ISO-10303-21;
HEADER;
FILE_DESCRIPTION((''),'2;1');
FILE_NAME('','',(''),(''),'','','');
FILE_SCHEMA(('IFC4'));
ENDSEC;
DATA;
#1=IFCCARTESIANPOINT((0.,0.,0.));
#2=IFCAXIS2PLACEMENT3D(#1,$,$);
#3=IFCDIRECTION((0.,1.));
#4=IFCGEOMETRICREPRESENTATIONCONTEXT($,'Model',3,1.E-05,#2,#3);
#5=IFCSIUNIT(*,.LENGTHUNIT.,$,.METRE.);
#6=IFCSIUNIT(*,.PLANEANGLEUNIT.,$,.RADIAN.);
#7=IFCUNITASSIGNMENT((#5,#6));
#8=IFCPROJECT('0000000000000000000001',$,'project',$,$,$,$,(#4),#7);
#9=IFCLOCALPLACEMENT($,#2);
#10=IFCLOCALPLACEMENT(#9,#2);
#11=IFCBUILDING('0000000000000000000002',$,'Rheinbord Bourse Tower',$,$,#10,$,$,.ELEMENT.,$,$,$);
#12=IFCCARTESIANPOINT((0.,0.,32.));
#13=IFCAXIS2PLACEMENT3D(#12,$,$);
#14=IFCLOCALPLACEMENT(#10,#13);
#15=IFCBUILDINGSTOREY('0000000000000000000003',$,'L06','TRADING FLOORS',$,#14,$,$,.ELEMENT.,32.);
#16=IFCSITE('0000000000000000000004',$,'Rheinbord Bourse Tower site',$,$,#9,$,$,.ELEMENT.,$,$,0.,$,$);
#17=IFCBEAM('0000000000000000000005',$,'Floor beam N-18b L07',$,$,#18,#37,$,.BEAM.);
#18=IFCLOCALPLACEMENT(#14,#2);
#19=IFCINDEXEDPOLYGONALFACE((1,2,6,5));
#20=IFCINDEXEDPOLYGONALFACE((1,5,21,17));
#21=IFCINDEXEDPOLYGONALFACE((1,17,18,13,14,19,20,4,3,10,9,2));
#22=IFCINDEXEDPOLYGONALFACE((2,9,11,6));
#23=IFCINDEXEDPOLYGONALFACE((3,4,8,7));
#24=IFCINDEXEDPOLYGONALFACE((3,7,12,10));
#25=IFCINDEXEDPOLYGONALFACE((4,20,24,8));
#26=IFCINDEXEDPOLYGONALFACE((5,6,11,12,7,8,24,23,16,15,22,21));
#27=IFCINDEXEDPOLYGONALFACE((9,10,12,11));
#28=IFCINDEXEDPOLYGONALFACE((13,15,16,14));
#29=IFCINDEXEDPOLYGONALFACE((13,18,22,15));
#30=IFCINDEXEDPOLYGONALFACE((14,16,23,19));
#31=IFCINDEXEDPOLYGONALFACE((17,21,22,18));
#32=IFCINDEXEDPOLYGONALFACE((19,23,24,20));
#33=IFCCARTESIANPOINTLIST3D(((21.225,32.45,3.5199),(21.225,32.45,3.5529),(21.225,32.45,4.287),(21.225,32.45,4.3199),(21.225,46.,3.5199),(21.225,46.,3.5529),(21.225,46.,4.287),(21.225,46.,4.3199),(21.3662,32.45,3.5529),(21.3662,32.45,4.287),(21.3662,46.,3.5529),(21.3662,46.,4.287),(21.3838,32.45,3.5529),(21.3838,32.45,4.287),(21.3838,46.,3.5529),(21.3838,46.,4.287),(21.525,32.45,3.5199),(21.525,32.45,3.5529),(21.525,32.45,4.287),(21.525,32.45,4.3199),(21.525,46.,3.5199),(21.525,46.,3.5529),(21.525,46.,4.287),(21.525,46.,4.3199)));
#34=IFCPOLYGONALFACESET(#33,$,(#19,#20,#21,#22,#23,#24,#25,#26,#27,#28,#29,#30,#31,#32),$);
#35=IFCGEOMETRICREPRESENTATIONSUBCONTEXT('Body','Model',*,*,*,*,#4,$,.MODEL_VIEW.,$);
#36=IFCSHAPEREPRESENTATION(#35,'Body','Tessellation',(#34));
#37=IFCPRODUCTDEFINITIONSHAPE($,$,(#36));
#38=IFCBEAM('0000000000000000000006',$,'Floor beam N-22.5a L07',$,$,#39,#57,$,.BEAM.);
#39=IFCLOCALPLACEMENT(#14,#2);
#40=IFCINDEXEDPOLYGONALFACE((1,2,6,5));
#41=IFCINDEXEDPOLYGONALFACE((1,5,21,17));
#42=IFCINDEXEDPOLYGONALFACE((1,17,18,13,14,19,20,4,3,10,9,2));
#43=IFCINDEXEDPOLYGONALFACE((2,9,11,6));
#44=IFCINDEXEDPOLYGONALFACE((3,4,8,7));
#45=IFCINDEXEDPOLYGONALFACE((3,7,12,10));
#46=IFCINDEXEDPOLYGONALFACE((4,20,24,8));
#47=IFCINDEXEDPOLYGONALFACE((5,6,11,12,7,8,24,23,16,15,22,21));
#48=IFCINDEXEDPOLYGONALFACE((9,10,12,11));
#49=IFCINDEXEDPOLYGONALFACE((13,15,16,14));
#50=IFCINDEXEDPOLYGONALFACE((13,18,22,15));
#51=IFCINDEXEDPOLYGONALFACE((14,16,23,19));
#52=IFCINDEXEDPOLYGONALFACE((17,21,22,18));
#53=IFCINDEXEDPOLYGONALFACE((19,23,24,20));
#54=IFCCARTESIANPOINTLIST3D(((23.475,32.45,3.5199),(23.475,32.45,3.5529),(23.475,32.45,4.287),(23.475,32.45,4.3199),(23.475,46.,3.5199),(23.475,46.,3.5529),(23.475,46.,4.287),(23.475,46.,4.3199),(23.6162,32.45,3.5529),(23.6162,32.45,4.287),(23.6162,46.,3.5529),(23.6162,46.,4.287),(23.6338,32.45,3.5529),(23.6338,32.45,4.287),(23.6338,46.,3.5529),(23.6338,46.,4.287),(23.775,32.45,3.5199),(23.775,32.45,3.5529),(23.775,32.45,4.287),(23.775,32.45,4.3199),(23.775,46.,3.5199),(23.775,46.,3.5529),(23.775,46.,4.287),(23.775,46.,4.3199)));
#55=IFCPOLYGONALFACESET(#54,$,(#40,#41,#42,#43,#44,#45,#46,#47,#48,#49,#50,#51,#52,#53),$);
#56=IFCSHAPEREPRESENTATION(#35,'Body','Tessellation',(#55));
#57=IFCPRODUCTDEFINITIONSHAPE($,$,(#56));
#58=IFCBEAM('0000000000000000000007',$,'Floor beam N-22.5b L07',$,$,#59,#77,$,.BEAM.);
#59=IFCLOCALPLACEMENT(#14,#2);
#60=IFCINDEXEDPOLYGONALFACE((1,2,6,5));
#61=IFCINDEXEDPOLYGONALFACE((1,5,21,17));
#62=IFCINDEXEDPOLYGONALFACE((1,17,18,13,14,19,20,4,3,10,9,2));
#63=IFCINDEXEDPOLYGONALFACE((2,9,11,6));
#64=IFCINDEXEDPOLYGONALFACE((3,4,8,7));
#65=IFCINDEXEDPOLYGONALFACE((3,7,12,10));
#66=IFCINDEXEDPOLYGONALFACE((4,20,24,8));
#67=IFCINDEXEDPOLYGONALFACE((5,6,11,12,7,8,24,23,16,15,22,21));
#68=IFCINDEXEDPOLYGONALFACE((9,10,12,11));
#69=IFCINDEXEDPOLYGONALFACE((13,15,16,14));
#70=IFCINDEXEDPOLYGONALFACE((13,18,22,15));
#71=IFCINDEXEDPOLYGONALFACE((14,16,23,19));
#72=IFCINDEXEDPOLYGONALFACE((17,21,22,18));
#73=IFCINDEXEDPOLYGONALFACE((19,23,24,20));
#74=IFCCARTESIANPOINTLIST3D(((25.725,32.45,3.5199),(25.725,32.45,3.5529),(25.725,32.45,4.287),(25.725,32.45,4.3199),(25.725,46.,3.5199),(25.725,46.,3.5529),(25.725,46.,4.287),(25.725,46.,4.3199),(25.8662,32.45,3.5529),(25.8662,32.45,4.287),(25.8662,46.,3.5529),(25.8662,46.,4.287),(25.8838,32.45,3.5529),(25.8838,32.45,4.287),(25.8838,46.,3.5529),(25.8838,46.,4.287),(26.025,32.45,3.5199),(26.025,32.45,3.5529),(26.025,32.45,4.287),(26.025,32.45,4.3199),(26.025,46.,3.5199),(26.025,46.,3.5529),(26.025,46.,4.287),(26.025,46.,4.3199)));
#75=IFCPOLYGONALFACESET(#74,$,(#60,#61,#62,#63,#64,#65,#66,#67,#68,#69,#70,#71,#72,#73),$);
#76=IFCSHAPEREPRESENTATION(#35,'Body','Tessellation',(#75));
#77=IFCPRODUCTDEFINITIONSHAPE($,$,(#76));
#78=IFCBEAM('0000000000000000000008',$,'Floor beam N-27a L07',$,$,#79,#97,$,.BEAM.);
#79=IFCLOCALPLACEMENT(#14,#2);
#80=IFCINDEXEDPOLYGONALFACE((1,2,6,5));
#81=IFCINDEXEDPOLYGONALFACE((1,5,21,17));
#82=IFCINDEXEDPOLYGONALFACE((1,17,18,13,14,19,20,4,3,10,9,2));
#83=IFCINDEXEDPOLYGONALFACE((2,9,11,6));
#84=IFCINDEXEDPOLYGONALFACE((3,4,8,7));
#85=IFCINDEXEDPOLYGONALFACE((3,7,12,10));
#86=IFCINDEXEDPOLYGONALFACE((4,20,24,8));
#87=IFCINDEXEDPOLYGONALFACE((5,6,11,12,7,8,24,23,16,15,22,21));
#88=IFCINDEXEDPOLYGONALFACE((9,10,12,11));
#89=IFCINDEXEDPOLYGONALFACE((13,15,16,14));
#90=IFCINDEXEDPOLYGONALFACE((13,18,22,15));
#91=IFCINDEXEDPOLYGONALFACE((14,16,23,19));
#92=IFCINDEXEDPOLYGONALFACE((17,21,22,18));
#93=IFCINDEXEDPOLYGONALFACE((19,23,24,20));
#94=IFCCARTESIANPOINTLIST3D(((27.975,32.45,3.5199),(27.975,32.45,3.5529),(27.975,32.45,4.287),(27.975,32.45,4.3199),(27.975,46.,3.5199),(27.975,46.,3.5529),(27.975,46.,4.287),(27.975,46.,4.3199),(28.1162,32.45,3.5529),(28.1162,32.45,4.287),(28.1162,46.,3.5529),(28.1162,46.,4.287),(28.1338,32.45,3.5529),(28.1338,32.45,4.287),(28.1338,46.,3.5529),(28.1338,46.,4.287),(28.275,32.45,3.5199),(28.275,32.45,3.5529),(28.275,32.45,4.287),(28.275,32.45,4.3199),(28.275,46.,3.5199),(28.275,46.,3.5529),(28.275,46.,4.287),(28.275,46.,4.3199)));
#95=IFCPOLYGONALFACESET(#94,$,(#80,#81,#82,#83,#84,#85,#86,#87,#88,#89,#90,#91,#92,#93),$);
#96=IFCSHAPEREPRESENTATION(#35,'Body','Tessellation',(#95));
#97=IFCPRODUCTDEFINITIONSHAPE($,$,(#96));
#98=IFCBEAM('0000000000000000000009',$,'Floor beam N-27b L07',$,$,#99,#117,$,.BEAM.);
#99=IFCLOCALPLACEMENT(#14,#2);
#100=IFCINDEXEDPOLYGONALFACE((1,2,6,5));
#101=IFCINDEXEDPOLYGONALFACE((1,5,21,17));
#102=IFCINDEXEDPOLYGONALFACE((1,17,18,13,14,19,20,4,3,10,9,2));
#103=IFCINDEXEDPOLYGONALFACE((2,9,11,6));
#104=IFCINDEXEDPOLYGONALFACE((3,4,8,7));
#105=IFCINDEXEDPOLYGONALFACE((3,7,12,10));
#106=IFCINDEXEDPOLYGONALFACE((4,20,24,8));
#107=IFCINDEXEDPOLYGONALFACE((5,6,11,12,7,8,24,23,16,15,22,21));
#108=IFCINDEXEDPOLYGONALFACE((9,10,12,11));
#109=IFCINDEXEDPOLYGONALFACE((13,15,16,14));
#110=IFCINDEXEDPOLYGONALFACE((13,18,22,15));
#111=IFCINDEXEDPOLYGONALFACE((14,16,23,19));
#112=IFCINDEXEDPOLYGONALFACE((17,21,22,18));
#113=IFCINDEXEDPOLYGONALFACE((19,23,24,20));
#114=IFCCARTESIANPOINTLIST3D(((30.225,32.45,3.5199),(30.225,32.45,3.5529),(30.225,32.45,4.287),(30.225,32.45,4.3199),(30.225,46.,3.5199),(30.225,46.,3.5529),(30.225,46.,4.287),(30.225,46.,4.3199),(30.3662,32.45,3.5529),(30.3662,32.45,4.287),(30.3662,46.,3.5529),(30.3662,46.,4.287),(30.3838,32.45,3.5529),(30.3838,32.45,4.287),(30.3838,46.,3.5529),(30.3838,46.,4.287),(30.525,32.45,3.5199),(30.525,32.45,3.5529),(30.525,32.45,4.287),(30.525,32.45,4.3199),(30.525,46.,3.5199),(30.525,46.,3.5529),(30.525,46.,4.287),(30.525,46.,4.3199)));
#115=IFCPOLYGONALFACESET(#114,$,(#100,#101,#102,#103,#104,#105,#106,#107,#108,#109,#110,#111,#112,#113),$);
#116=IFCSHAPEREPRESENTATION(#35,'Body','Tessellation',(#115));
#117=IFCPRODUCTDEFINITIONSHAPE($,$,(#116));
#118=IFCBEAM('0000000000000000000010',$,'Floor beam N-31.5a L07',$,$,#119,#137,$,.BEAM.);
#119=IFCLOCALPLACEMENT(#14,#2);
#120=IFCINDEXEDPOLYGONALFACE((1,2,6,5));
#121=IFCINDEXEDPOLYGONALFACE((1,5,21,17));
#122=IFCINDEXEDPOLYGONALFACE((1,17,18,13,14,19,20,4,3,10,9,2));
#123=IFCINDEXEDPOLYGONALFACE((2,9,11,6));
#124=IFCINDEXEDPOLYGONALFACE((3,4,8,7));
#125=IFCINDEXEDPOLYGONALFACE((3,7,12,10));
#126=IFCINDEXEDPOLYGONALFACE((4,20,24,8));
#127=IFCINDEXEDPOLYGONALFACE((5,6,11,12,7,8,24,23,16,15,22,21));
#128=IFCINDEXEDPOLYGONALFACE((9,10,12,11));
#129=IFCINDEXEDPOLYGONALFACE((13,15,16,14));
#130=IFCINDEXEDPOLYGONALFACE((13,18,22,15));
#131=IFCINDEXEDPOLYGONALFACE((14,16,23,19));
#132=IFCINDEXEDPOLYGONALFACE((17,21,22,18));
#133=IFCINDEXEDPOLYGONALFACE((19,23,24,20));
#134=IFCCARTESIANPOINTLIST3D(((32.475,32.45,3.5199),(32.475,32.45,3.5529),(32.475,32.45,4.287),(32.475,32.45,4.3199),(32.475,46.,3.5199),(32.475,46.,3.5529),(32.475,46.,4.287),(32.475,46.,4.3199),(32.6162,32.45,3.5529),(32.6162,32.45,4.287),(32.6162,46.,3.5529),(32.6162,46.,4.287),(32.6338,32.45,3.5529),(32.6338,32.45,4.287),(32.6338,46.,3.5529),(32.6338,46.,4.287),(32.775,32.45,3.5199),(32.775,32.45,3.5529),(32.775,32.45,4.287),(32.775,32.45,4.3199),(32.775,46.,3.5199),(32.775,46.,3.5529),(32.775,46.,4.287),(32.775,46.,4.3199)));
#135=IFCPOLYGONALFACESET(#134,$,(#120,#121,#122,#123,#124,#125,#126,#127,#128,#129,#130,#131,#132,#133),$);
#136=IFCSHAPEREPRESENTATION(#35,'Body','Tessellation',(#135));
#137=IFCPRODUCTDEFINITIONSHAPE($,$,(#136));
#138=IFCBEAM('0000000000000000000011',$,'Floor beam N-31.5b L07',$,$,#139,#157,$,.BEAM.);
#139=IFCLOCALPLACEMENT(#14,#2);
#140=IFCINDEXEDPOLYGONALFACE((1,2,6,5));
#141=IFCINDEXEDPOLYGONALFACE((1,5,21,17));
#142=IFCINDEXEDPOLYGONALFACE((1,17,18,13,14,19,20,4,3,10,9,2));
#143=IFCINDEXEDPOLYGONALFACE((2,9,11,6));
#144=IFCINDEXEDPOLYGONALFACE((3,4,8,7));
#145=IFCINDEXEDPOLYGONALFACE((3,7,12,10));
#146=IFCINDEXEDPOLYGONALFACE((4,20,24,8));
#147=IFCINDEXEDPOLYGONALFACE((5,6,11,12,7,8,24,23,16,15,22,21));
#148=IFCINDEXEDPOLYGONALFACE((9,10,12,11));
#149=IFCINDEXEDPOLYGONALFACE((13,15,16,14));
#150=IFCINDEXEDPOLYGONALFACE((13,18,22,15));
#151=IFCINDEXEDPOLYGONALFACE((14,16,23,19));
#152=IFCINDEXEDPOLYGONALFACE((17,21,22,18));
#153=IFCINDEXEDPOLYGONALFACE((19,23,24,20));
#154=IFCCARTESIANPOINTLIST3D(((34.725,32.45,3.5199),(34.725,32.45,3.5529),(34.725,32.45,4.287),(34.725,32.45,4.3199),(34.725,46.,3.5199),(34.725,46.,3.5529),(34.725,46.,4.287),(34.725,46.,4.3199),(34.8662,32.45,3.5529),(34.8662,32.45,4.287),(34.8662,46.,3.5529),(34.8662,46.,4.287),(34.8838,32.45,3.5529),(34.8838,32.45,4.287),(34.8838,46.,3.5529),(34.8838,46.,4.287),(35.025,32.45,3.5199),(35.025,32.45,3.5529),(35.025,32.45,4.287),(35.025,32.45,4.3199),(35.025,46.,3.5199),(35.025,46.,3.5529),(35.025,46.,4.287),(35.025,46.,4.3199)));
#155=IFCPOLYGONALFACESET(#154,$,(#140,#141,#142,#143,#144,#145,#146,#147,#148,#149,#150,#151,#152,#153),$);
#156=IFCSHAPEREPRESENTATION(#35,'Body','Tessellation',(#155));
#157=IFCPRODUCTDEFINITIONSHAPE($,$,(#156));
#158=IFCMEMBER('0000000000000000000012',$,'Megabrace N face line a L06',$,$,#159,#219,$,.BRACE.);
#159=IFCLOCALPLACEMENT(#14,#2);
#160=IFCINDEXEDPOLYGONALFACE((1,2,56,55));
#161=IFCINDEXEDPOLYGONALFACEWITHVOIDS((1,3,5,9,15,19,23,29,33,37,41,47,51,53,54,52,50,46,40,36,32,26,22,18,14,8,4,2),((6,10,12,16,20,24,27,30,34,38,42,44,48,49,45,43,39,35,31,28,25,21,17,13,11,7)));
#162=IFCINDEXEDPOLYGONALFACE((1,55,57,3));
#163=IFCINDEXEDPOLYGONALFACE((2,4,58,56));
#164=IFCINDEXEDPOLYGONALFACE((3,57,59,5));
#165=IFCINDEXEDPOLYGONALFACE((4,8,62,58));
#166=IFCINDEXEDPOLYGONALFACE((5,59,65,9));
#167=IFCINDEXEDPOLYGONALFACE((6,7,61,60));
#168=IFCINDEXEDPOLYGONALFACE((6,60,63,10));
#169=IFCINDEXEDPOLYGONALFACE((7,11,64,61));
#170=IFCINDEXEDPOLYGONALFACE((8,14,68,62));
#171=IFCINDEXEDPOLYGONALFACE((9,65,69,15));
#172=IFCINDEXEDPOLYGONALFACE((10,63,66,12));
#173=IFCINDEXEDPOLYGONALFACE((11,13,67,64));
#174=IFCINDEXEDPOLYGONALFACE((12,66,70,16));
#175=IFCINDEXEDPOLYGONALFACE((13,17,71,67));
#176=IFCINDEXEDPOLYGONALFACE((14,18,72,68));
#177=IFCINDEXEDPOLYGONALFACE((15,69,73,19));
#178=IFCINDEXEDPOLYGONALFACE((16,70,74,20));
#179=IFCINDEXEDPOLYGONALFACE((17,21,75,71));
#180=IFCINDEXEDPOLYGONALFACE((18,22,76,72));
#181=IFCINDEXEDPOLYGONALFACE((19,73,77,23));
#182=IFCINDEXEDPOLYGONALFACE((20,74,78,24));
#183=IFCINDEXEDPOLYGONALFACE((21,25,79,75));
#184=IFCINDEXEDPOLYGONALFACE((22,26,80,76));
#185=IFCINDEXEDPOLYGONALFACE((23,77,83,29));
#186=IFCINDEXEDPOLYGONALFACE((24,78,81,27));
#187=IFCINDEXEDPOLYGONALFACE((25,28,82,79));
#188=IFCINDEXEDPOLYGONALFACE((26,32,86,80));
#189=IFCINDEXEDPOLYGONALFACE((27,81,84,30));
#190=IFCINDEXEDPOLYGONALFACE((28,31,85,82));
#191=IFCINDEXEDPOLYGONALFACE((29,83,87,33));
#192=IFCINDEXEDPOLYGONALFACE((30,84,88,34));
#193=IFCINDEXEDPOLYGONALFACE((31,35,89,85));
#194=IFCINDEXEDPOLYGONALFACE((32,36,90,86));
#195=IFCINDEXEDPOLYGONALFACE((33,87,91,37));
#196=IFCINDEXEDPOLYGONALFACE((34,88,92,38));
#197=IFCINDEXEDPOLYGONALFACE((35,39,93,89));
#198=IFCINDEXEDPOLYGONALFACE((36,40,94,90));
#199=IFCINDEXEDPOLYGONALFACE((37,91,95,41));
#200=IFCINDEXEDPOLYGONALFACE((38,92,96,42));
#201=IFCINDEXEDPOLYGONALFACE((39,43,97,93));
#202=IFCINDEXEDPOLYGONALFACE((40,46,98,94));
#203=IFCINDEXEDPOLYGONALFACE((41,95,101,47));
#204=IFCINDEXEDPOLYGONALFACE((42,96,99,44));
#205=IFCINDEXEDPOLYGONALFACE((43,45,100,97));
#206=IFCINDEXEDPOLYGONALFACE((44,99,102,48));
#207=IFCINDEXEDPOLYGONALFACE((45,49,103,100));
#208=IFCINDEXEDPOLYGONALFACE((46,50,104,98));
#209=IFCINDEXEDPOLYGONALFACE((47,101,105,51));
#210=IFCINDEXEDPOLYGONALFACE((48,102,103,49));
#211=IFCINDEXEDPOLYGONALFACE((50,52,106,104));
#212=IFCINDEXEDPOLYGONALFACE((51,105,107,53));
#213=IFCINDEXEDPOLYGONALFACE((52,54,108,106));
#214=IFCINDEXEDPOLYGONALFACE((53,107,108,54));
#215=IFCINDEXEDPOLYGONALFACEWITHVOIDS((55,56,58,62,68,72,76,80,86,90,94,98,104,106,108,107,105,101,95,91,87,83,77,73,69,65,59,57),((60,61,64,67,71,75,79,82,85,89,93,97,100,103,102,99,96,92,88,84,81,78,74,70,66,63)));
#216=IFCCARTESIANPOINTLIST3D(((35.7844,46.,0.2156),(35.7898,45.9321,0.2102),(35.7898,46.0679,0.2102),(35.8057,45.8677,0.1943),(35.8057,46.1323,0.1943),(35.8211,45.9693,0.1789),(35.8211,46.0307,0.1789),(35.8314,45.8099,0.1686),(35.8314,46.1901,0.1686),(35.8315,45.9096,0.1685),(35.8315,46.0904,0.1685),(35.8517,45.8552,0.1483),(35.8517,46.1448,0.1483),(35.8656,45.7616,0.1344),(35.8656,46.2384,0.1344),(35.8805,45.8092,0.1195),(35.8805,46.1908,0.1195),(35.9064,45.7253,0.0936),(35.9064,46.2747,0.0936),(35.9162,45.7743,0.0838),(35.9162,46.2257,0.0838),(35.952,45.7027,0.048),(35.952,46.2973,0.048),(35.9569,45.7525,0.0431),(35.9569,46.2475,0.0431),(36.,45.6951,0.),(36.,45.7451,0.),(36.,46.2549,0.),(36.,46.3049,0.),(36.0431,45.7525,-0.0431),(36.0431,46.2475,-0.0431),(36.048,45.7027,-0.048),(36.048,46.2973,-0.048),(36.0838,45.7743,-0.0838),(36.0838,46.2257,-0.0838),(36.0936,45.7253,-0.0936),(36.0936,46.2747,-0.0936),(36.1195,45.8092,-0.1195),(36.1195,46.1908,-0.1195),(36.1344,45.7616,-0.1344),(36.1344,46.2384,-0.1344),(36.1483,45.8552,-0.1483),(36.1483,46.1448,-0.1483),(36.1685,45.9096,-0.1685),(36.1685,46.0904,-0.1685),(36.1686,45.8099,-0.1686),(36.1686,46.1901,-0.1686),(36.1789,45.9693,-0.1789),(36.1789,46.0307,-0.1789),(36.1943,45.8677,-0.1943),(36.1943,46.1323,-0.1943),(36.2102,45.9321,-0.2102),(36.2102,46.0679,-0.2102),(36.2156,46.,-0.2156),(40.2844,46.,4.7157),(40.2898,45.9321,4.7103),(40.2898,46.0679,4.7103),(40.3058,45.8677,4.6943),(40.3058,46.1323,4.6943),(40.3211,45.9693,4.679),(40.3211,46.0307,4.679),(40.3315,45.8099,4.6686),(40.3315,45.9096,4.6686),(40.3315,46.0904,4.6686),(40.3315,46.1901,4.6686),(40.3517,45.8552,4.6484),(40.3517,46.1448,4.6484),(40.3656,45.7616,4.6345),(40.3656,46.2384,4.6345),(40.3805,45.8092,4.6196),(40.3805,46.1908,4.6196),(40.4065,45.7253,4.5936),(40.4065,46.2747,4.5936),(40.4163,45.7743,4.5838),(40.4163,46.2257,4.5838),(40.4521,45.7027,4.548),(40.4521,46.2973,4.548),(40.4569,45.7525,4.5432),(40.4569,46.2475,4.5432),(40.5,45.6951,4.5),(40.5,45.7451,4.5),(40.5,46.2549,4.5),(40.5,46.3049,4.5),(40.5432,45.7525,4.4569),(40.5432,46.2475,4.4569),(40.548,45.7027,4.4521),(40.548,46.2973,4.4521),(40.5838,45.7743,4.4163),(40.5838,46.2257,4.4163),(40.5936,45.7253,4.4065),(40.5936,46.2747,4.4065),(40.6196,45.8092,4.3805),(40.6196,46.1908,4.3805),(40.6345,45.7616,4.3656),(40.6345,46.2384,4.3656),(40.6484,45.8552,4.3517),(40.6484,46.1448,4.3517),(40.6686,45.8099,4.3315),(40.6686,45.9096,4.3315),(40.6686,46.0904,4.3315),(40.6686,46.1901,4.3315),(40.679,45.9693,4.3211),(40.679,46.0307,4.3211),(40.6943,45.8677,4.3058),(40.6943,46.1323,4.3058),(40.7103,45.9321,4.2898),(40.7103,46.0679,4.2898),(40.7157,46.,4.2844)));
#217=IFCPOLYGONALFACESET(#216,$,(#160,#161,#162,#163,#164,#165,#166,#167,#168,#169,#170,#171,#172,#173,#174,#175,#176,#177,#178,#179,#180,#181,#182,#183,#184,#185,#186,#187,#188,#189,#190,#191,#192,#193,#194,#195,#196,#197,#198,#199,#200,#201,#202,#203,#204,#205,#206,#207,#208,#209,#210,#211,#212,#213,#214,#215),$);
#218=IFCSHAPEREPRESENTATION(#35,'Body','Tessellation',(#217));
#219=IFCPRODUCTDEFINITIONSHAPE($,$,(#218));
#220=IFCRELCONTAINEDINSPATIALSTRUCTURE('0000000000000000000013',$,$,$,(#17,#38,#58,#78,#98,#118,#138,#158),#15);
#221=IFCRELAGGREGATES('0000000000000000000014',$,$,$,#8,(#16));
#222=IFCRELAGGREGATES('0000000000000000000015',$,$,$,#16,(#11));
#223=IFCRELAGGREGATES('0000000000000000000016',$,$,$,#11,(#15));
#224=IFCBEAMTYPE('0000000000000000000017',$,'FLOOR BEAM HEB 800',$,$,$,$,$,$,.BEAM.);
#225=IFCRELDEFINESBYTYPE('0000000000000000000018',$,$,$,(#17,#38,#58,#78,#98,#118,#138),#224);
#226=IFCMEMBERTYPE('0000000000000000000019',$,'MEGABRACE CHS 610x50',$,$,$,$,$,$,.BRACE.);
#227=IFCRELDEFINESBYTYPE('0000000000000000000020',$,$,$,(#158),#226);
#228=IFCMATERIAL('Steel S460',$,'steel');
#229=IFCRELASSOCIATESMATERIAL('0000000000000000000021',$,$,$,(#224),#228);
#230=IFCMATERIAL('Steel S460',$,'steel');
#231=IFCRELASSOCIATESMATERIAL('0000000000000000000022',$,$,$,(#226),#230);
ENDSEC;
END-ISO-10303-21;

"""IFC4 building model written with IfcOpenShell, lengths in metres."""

from ifc_helpers import new_model, si_unit, direction, frame, origin, origin_2d, place, context, subcontext, project, spatial, hollow_circle, i_section, extrude, material, material_profile, profile_set, type_object, element, save


model = new_model("IFC4")

# Units and contexts
model_context = context("Model", 3, precision=1e-05, world=origin(), true_north=direction((0.0, 1.0)))
body_context = subcontext(model_context, "Body", "Model", "MODEL_VIEW")
ifc_project = project(units=[si_unit("LENGTHUNIT", "METRE"), si_unit("PLANEANGLEUNIT", "RADIAN")], contexts=[model_context])

# Site, building, storey
site_placement = place(None, origin())
site = spatial("IfcSite", under=ifc_project, at=site_placement, Name="Rheinbord Bourse Tower site", CompositionType="ELEMENT", RefElevation=0.0)
building_placement = place(site_placement, origin())
building = spatial("IfcBuilding", under=site, at=building_placement, Name="Rheinbord Bourse Tower", CompositionType="ELEMENT")
storey_placement = place(building_placement, frame((0.0, 0.0, 32.0)))
storey = spatial("IfcBuildingStorey", under=building, at=storey_placement, Name="L06", Description="TRADING FLOORS", CompositionType="ELEMENT", Elevation=32.0)

# Beams
ifc_material_1 = material(Name="Steel S460", Category="steel")
ifc_material_profile_1 = material_profile(ifc_material_1, i_section(OverallWidth=0.3, OverallDepth=0.8, WebThickness=0.0176, FlangeThickness=0.033, at=origin_2d()), Name="HEB 800")
ifc_profile_set_1 = profile_set([ifc_material_profile_1], Name="Steel S460")
beam_type_1 = type_object("IfcBeamType", Name="FLOOR BEAM HEB 800", PredefinedType="BEAM", material=ifc_profile_set_1)
for number, where, z_axis, x_axis, name in (
    (1, (21.375, 46.0, 3.9199), (0.0, -1.0, 0.0), (1.0, 0.0, 0.0), "Floor beam N-18b L07"),
    (2, (23.625, 46.0, 3.9199), (0.0, -1.0, 0.0), (1.0, 0.0, 0.0), "Floor beam N-22.5a L07"),
    (3, (25.875, 46.0, 3.9199), (0.0, -1.0, 0.0), (1.0, 0.0, 0.0), "Floor beam N-22.5b L07"),
    (4, (28.125, 46.0, 3.9199), (0.0, -1.0, 0.0), (1.0, 0.0, 0.0), "Floor beam N-27a L07"),
    (5, (30.375, 46.0, 3.9199), (0.0, -1.0, 0.0), (1.0, 0.0, 0.0), "Floor beam N-27b L07"),
    (6, (32.625, 46.0, 3.9199), (0.0, -1.0, 0.0), (1.0, 0.0, 0.0), "Floor beam N-31.5a L07"),
    (7, (34.875, 46.0, 3.9199), (0.0, -1.0, 0.0), (1.0, 0.0, 0.0), "Floor beam N-31.5b L07"),
):
    element("IfcBeam", number, at=place(storey_placement, frame(where, z_axis=z_axis, x_axis=x_axis)), inside=storey, type_object=beam_type_1, Name=name, PredefinedType="BEAM", context=body_context, shape_type="SweptSolid", body=[
        extrude(i_section(OverallWidth=0.3, OverallDepth=0.8, WebThickness=0.0176, FlangeThickness=0.033, at=origin_2d()), origin(), (0.0, 0.0, 1.0), 13.55),
    ])

# Member
ifc_material_2 = material(Name="Steel S460", Category="steel")
ifc_material_profile_2 = material_profile(ifc_material_2, hollow_circle(Radius=0.3049, WallThickness=0.05, at=origin_2d()), Name="CHS 610x50")
ifc_profile_set_2 = profile_set([ifc_material_profile_2], Name="Steel S460")
member_type_1 = type_object("IfcMemberType", Name="MEGABRACE CHS 610x50", PredefinedType="BRACE", material=ifc_profile_set_2)
for number, where, z_axis, x_axis, name in (
    (8, (36.0, 46.0, 0.0), (0.707107, 0.0, 0.707107), (0.0, 1.0, 0.0), "Megabrace N face line a L06"),
):
    element("IfcMember", number, at=place(storey_placement, frame(where, z_axis=z_axis, x_axis=x_axis)), inside=storey, type_object=member_type_1, Name=name, PredefinedType="BRACE", context=body_context, shape_type="SweptSolid", body=[
        extrude(hollow_circle(Radius=0.3049, WallThickness=0.05, at=origin_2d()), origin(), (0.0, 0.0, 1.0), 6.364),
    ])

save(model, "model.ifc")
